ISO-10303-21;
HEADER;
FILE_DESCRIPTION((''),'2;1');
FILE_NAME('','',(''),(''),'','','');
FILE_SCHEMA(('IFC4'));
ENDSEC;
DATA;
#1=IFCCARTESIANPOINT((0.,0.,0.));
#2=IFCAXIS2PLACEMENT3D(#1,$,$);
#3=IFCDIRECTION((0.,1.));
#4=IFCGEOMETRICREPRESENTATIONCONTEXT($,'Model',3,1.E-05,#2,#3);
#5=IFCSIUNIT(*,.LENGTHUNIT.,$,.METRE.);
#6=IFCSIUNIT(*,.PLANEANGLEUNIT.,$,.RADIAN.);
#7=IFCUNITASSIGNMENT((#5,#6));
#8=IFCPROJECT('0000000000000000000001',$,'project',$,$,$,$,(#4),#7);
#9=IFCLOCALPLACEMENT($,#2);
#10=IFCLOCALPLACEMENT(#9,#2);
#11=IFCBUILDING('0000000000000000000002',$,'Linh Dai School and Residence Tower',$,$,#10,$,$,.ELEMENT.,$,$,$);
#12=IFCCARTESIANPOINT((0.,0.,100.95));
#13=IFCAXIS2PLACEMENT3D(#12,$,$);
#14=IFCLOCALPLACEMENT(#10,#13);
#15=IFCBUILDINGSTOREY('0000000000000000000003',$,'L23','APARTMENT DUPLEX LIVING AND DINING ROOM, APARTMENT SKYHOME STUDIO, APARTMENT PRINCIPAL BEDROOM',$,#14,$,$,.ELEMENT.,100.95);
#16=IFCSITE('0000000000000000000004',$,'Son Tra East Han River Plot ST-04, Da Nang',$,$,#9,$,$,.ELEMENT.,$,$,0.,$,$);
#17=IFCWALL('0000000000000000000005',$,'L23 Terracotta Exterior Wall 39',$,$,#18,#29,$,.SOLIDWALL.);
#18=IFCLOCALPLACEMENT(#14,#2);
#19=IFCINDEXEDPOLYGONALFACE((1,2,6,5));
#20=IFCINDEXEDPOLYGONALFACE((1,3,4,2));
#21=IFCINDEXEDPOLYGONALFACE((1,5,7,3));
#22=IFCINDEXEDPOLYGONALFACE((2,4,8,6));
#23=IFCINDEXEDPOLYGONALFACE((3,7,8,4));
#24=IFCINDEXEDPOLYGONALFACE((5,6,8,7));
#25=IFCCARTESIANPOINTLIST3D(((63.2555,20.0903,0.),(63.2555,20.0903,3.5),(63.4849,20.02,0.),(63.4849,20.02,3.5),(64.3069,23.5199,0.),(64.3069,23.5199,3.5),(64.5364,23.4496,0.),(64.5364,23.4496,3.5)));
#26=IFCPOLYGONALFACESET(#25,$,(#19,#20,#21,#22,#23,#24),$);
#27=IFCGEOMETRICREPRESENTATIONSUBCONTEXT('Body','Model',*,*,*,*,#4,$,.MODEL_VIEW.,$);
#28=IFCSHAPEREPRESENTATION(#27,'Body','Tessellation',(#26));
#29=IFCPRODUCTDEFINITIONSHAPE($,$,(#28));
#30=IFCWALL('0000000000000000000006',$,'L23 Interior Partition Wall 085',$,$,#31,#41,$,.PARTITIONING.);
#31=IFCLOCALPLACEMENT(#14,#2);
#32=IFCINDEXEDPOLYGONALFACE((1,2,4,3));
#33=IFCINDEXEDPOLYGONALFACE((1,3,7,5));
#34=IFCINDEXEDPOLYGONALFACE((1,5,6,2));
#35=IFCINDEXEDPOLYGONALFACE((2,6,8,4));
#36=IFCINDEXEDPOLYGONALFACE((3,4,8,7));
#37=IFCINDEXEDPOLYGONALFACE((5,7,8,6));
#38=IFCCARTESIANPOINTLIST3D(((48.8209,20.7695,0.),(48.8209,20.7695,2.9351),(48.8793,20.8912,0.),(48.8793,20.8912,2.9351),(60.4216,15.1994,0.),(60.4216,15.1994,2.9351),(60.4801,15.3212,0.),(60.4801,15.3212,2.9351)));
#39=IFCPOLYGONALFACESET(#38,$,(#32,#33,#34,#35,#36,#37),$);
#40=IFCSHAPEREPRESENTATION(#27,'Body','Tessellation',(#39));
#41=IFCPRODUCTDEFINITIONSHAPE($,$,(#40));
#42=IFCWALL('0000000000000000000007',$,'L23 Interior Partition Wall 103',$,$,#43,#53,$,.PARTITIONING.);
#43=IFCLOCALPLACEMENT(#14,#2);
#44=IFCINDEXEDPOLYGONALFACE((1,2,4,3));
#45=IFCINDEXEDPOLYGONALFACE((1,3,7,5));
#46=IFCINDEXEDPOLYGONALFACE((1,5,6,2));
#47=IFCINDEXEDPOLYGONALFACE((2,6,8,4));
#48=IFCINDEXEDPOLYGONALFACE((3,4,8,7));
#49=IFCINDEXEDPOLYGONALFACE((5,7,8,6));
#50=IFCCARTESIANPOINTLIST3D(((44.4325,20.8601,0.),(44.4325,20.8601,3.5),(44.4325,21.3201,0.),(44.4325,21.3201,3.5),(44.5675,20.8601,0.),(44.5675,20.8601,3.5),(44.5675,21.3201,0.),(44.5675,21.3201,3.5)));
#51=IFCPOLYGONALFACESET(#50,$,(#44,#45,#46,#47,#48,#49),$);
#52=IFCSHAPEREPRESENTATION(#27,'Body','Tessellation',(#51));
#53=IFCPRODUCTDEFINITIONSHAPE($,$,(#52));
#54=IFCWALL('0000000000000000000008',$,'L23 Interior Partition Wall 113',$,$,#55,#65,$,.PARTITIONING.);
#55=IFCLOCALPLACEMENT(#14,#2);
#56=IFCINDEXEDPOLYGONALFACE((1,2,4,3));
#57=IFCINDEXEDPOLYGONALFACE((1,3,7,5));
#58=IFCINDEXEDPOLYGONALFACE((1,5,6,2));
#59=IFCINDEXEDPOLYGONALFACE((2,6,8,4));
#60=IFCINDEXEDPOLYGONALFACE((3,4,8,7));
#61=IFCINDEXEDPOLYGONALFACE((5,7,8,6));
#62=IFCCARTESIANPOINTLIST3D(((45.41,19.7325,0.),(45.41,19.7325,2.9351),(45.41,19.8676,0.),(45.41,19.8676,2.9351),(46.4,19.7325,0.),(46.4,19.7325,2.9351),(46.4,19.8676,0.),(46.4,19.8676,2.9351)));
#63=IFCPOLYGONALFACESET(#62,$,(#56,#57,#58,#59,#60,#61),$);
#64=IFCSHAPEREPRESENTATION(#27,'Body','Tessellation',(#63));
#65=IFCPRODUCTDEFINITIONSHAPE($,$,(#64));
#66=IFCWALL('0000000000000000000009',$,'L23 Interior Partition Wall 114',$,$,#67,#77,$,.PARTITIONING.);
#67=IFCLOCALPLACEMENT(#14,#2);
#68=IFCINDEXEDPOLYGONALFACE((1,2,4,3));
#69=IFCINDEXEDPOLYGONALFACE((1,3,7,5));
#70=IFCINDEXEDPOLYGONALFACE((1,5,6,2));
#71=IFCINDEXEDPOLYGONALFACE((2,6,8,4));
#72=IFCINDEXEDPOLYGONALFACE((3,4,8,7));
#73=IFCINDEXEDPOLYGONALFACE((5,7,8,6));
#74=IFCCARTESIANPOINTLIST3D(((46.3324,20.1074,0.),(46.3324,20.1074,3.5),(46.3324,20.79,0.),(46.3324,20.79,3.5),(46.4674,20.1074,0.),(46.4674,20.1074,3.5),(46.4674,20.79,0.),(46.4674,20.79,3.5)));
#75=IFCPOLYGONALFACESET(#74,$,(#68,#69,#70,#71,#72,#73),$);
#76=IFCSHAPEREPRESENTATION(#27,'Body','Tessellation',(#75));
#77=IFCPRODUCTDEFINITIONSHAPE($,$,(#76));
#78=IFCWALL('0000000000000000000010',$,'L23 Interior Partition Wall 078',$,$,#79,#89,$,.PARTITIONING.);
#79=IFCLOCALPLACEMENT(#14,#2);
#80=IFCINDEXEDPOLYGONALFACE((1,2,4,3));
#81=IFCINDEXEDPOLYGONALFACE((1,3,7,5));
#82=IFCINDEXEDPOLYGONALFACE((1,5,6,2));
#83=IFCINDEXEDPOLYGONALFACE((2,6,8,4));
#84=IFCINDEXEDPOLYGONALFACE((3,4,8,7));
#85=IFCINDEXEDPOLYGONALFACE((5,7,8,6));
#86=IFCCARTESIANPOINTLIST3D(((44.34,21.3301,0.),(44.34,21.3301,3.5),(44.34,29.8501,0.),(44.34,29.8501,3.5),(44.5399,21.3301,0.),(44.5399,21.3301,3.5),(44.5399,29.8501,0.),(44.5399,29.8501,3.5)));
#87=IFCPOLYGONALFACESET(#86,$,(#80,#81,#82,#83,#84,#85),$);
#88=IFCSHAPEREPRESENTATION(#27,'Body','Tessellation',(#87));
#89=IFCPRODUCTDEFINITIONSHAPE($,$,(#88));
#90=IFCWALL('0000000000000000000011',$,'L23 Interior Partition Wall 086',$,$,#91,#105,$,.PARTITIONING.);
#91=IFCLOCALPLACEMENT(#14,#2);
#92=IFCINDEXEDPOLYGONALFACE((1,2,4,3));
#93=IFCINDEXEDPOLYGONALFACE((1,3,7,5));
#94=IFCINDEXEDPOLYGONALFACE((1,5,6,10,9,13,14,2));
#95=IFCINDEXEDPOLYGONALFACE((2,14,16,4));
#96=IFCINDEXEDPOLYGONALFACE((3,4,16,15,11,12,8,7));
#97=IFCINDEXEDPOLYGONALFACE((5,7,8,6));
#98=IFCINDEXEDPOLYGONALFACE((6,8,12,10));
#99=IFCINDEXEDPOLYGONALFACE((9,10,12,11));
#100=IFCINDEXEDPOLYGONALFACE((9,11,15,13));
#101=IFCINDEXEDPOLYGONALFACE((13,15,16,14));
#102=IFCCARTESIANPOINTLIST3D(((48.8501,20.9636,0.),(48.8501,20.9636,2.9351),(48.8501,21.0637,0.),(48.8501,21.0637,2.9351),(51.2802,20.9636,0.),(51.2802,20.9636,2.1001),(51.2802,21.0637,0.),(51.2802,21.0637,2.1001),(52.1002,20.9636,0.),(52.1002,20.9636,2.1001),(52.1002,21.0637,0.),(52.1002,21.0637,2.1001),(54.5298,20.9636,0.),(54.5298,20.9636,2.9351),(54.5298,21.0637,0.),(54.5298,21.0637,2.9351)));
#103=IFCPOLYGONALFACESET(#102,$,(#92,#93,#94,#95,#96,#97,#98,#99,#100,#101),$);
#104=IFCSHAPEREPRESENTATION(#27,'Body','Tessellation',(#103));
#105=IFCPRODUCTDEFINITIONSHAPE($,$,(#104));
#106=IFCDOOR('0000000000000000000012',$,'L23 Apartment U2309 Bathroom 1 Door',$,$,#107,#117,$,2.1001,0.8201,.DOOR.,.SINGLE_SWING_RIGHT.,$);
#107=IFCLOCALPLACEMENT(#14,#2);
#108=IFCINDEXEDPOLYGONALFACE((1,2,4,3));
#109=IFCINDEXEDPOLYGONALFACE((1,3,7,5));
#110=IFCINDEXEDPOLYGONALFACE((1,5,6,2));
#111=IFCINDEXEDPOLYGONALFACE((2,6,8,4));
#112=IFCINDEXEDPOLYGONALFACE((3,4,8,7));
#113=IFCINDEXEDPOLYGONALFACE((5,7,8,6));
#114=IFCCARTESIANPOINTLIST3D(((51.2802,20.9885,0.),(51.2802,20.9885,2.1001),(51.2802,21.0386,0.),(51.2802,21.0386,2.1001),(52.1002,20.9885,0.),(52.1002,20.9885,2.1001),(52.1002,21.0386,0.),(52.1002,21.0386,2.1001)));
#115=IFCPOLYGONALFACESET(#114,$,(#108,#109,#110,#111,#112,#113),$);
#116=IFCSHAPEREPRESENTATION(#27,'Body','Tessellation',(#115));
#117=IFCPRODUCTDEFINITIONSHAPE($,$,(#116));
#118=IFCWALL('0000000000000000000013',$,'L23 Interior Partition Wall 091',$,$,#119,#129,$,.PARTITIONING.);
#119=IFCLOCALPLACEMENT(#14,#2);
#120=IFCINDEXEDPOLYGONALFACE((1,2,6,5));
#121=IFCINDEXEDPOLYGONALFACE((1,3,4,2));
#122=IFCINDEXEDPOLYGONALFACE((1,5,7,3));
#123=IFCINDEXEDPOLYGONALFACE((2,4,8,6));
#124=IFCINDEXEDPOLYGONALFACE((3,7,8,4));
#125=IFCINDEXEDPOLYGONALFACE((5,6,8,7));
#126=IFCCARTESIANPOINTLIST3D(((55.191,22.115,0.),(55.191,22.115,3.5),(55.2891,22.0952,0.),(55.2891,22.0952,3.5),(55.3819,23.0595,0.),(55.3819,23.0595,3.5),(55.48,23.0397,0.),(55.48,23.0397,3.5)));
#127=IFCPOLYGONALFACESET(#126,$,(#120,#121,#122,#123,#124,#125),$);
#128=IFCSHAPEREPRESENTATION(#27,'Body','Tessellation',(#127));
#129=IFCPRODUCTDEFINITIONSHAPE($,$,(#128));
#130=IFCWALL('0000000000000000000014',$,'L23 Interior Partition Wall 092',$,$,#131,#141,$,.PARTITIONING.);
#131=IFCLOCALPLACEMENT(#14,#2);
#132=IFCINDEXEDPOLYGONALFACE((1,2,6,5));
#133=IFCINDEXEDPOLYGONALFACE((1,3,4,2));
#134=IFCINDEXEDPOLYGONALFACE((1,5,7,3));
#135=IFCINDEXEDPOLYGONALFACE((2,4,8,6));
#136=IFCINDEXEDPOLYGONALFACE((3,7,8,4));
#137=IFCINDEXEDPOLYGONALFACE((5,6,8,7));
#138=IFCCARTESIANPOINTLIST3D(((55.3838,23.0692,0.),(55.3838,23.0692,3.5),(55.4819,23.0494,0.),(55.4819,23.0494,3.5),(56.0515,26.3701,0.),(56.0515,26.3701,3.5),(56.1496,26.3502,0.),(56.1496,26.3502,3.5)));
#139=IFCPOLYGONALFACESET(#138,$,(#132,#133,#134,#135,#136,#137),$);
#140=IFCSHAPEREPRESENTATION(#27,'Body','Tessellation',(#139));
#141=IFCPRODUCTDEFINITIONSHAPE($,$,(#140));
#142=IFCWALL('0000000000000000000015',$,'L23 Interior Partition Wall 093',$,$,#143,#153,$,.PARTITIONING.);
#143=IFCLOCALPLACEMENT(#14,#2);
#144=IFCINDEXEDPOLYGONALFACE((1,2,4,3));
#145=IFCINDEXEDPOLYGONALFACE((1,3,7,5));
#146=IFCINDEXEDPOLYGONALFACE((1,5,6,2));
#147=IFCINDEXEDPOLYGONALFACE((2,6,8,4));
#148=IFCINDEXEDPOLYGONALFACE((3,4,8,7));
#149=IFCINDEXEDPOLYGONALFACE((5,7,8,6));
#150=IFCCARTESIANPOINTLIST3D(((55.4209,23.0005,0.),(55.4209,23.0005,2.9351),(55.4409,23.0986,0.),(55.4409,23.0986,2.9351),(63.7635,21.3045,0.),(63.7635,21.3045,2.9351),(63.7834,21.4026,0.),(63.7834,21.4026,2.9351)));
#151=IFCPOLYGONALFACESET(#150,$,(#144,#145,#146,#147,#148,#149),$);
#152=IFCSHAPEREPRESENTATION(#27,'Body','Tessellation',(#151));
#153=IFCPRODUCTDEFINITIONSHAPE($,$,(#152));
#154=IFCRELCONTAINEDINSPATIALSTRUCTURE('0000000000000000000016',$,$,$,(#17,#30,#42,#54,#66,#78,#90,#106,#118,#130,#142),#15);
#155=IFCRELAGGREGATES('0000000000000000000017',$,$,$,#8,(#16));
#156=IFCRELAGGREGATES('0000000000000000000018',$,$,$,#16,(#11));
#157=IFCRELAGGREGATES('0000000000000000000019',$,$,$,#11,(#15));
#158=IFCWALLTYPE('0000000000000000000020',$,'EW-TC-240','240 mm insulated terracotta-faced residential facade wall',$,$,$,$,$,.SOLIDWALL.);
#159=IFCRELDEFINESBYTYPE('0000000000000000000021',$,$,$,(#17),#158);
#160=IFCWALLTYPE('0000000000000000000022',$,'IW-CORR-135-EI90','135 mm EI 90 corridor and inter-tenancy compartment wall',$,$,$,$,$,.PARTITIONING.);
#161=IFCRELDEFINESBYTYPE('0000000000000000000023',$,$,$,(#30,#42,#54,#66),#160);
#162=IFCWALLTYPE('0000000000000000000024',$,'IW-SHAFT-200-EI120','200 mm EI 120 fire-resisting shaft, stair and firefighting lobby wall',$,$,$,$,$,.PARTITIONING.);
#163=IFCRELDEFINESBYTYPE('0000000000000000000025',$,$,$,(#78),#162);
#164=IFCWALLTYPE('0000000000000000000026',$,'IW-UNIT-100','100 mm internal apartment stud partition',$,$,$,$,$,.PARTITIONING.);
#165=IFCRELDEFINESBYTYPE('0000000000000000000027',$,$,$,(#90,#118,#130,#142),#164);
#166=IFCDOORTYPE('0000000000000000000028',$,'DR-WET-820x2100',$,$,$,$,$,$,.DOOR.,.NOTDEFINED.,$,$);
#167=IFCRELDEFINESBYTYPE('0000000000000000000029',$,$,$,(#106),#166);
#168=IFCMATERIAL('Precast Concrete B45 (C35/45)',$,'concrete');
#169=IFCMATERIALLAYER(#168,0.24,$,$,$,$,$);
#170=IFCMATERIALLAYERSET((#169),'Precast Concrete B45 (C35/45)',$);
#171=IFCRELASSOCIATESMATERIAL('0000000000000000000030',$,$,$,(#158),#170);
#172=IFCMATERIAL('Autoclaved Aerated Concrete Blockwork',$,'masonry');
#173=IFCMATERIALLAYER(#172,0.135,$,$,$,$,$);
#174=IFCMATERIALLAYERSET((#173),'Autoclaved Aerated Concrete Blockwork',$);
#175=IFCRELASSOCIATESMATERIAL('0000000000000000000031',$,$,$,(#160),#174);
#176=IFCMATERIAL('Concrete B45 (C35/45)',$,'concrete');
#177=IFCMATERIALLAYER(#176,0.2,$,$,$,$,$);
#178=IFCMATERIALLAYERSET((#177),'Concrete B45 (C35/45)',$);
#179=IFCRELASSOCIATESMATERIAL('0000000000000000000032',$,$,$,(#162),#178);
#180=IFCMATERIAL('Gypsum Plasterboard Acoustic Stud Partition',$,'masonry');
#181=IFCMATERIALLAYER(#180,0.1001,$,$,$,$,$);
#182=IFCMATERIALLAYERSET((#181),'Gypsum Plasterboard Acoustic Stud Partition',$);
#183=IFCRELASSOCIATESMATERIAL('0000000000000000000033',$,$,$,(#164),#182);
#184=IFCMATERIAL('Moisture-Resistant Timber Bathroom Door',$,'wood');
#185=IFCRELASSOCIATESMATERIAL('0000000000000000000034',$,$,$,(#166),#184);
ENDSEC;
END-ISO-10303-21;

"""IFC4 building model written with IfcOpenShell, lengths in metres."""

from ifc_helpers import new_model, si_unit, direction, frame, frame_2d, origin, origin_2d, place, context, subcontext, project, spatial, rectangle, extrude, source, transform, mapped, material, layer, layer_set, type_object, element, fill, save


model = new_model("IFC4")

# Units and contexts
model_context = context("Model", 3, precision=1e-05, world=origin(), true_north=direction((0.0, 1.0)))
body_context = subcontext(model_context, "Body", "Model", "MODEL_VIEW")
ifc_project = project(units=[si_unit("LENGTHUNIT", "METRE"), si_unit("PLANEANGLEUNIT", "RADIAN")], contexts=[model_context])

# Site, building, storey
site_placement = place(None, origin())
site = spatial("IfcSite", under=ifc_project, at=site_placement, Name="Son Tra East Han River Plot ST-04, Da Nang", CompositionType="ELEMENT", RefElevation=0.0)
building_placement = place(site_placement, origin())
building = spatial("IfcBuilding", under=site, at=building_placement, Name="Linh Dai School and Residence Tower", CompositionType="ELEMENT")
storey_placement = place(building_placement, frame((0.0, 0.0, 100.95)))
storey = spatial("IfcBuildingStorey", under=building, at=storey_placement, Name="L23", Description="APARTMENT DUPLEX LIVING AND DINING ROOM, APARTMENT SKYHOME STUDIO, APARTMENT PRINCIPAL BEDROOM", CompositionType="ELEMENT", Elevation=100.95)

# Shared definitions
ifc_material_1 = material(Name="Precast Concrete B45 (C35/45)", Category="concrete")
ifc_layer_1 = layer(ifc_material_1, 0.24)
ifc_layer_set_1 = layer_set([ifc_layer_1], Name="Precast Concrete B45 (C35/45)")
wall_type_1 = type_object("IfcWallType", Name="EW-TC-240", Description="240 mm insulated terracotta-faced residential facade wall", PredefinedType="SOLIDWALL", material=ifc_layer_set_1)

# Walls
wall_1_placement = place(storey_placement, frame((64.4216, 23.4846, 0.0), z_axis=(0.0, 0.0, 1.0), x_axis=(-0.293124, -0.956074, 0.0)))
element("IfcWall", 1, at=wall_1_placement, inside=storey, type_object=wall_type_1, Name="L23 Terracotta Exterior Wall 39", PredefinedType="SOLIDWALL", context=body_context, shape_type="SweptSolid", body=[
    extrude(rectangle(XDim=3.5872, YDim=0.24, at=frame_2d((1.7935, 0.0))), origin(), (0.0, 0.0, 1.0), 3.5),
])
ifc_material_2 = material(Name="Autoclaved Aerated Concrete Blockwork", Category="masonry")
ifc_layer_2 = layer(ifc_material_2, 0.135)
ifc_layer_set_2 = layer_set([ifc_layer_2], Name="Autoclaved Aerated Concrete Blockwork")
wall_type_2 = type_object("IfcWallType", Name="IW-CORR-135-EI90", Description="135 mm EI 90 corridor and inter-tenancy compartment wall", PredefinedType="PARTITIONING", material=ifc_layer_set_2)
wall_2_placement = place(storey_placement, frame((48.8501, 20.8303, 0.0), z_axis=(0.0, 0.0, 1.0), x_axis=(0.901472, -0.432837, 0.0)))
element("IfcWall", 2, at=wall_2_placement, inside=storey, type_object=wall_type_2, Name="L23 Interior Partition Wall 085", PredefinedType="PARTITIONING", context=body_context, shape_type="SweptSolid", body=[
    extrude(rectangle(XDim=12.8687, YDim=0.135, at=frame_2d((6.4343, 0.0))), origin(), (0.0, 0.0, 1.0), 2.9351),
])
wall_3_placement = place(storey_placement, frame((44.5, 20.8601, 0.0), z_axis=(0.0, 0.0, 1.0), x_axis=(0.0, 1.0, 0.0)))
element("IfcWall", 3, at=wall_3_placement, inside=storey, type_object=wall_type_2, Name="L23 Interior Partition Wall 103", PredefinedType="PARTITIONING", context=body_context, shape_type="SweptSolid", body=[
    extrude(rectangle(XDim=0.46, YDim=0.135, at=frame_2d((0.23, 0.0))), origin(), (0.0, 0.0, 1.0), 3.5),
])
wall_4_placement = place(storey_placement, frame((45.4099, 19.8, 0.0), z_axis=(0.0, 0.0, 1.0), x_axis=(1.0, 0.0, 0.0)))
element("IfcWall", 4, at=wall_4_placement, inside=storey, type_object=wall_type_2, Name="L23 Interior Partition Wall 113", PredefinedType="PARTITIONING", context=body_context, shape_type="SweptSolid", body=[
    extrude(rectangle(XDim=0.99, YDim=0.135, at=frame_2d((0.4951, 0.0))), origin(), (0.0, 0.0, 1.0), 2.9351),
])
wall_5_placement = place(storey_placement, frame((46.3999, 20.1074, 0.0), z_axis=(0.0, 0.0, 1.0), x_axis=(0.0, 1.0, 0.0)))
element("IfcWall", 5, at=wall_5_placement, inside=storey, type_object=wall_type_2, Name="L23 Interior Partition Wall 114", PredefinedType="PARTITIONING", context=body_context, shape_type="SweptSolid", body=[
    extrude(rectangle(XDim=0.6826, YDim=0.135, at=frame_2d((0.3413, 0.0))), origin(), (0.0, 0.0, 1.0), 3.5),
])
ifc_material_3 = material(Name="Concrete B45 (C35/45)", Category="concrete")
ifc_layer_3 = layer(ifc_material_3, 0.2)
ifc_layer_set_3 = layer_set([ifc_layer_3], Name="Concrete B45 (C35/45)")
wall_type_3 = type_object("IfcWallType", Name="IW-SHAFT-200-EI120", Description="200 mm EI 120 fire-resisting shaft, stair and firefighting lobby wall", PredefinedType="PARTITIONING", material=ifc_layer_set_3)
wall_6_placement = place(storey_placement, frame((44.4399, 21.3301, 0.0), z_axis=(0.0, 0.0, 1.0), x_axis=(0.0, 1.0, 0.0)))
element("IfcWall", 6, at=wall_6_placement, inside=storey, type_object=wall_type_3, Name="L23 Interior Partition Wall 078", PredefinedType="PARTITIONING", context=body_context, shape_type="SweptSolid", body=[
    extrude(rectangle(XDim=8.52, YDim=0.2, at=frame_2d((4.26, 0.0))), origin(), (0.0, 0.0, 1.0), 3.5),
])

# Wall, opening, door
ifc_material_4 = material(Name="Gypsum Plasterboard Acoustic Stud Partition", Category="masonry")
ifc_layer_4 = layer(ifc_material_4, 0.1001)
ifc_layer_set_4 = layer_set([ifc_layer_4], Name="Gypsum Plasterboard Acoustic Stud Partition")
wall_type_4 = type_object("IfcWallType", Name="IW-UNIT-100", Description="100 mm internal apartment stud partition", PredefinedType="PARTITIONING", material=ifc_layer_set_4)
wall_7_placement = place(storey_placement, frame((48.8501, 21.0137, 0.0), z_axis=(0.0, 0.0, 1.0), x_axis=(1.0, 0.0, 0.0)))
wall_7 = element("IfcWall", 7, at=wall_7_placement, inside=storey, type_object=wall_type_4, Name="L23 Interior Partition Wall 086", PredefinedType="PARTITIONING", context=body_context, shape_type="SweptSolid", body=[
    extrude(rectangle(XDim=5.6797, YDim=0.1001, at=frame_2d((2.8398, 0.0))), origin(), (0.0, 0.0, 1.0), 2.9351),
])
opening_1_placement = place(wall_7_placement, frame((2.4299, 0.0, 0.0)))
opening_1 = element("IfcOpeningElement", 8, at=opening_1_placement, cuts=wall_7, PredefinedType="OPENING", context=body_context, shape_type="SweptSolid", body=[
    extrude(rectangle(XDim=0.8201, YDim=2.1001, at=origin_2d()), frame((0.4102, 0.0601, 1.05), z_axis=(0.0, -1.0, 0.0), x_axis=(1.0, 0.0, 0.0)), (0.0, 0.0, 1.0), 0.1201),
])
ifc_material_5 = material(Name="Moisture-Resistant Timber Bathroom Door", Category="wood")
door_type_1 = type_object("IfcDoorType", Name="DR-WET-820x2100", OperationType="NOTDEFINED", PredefinedType="DOOR", material=ifc_material_5)
shared_shape_1 = source(origin(), body_context, "Body", "SweptSolid", [
    extrude(rectangle(XDim=0.8201, YDim=2.1001, at=origin_2d()), frame((0.4102, 0.0249, 1.05), z_axis=(0.0, -1.0, 0.0), x_axis=(1.0, 0.0, 0.0)), (0.0, 0.0, 1.0), 0.05),
])
door_1_placement = place(opening_1_placement, origin())
door_1 = element("IfcDoor", 9, at=door_1_placement, inside=storey, type_object=door_type_1, Name="L23 Apartment U2309 Bathroom 1 Door", OperationType="SINGLE_SWING_RIGHT", OverallHeight=2.1001, OverallWidth=0.8201, PredefinedType="DOOR", context=body_context, shape_type="MappedRepresentation", body=[
    mapped(shared_shape_1, transform((0.0, 0.0, 0.0), x_axis=(1.0, 0.0, 0.0), y_axis=(0.0, 1.0, 0.0), z_axis=(0.0, 0.0, 1.0), scale=1.0)),
])
fill(opening_1, door_1)

# Walls
wall_8_placement = place(storey_placement, frame((55.24, 22.105, 0.0), z_axis=(0.0, 0.0, 1.0), x_axis=(0.198113, 0.980179, 0.0)))
element("IfcWall", 10, at=wall_8_placement, inside=storey, type_object=wall_type_4, Name="L23 Interior Partition Wall 091", PredefinedType="PARTITIONING", context=body_context, shape_type="SweptSolid", body=[
    extrude(rectangle(XDim=0.9636, YDim=0.1001, at=frame_2d((0.4819, 0.0))), origin(), (0.0, 0.0, 1.0), 3.5),
])
wall_9_placement = place(storey_placement, frame((55.4329, 23.0593, 0.0), z_axis=(0.0, 0.0, 1.0), x_axis=(0.198277, 0.980146, 0.0)))
element("IfcWall", 11, at=wall_9_placement, inside=storey, type_object=wall_type_4, Name="L23 Interior Partition Wall 092", PredefinedType="PARTITIONING", context=body_context, shape_type="SweptSolid", body=[
    extrude(rectangle(XDim=3.3677, YDim=0.1001, at=frame_2d((1.6838, 0.0))), origin(), (0.0, 0.0, 1.0), 3.5),
])
wall_10_placement = place(storey_placement, frame((55.4309, 23.0496, 0.0), z_axis=(0.0, 0.0, 1.0), x_axis=(0.979954, -0.199226, 0.0)))
element("IfcWall", 12, at=wall_10_placement, inside=storey, type_object=wall_type_4, Name="L23 Interior Partition Wall 093", PredefinedType="PARTITIONING", context=body_context, shape_type="SweptSolid", body=[
    extrude(rectangle(XDim=8.5132, YDim=0.1001, at=frame_2d((4.2566, 0.0))), origin(), (0.0, 0.0, 1.0), 2.9351),
])

save(model, "model.ifc")
